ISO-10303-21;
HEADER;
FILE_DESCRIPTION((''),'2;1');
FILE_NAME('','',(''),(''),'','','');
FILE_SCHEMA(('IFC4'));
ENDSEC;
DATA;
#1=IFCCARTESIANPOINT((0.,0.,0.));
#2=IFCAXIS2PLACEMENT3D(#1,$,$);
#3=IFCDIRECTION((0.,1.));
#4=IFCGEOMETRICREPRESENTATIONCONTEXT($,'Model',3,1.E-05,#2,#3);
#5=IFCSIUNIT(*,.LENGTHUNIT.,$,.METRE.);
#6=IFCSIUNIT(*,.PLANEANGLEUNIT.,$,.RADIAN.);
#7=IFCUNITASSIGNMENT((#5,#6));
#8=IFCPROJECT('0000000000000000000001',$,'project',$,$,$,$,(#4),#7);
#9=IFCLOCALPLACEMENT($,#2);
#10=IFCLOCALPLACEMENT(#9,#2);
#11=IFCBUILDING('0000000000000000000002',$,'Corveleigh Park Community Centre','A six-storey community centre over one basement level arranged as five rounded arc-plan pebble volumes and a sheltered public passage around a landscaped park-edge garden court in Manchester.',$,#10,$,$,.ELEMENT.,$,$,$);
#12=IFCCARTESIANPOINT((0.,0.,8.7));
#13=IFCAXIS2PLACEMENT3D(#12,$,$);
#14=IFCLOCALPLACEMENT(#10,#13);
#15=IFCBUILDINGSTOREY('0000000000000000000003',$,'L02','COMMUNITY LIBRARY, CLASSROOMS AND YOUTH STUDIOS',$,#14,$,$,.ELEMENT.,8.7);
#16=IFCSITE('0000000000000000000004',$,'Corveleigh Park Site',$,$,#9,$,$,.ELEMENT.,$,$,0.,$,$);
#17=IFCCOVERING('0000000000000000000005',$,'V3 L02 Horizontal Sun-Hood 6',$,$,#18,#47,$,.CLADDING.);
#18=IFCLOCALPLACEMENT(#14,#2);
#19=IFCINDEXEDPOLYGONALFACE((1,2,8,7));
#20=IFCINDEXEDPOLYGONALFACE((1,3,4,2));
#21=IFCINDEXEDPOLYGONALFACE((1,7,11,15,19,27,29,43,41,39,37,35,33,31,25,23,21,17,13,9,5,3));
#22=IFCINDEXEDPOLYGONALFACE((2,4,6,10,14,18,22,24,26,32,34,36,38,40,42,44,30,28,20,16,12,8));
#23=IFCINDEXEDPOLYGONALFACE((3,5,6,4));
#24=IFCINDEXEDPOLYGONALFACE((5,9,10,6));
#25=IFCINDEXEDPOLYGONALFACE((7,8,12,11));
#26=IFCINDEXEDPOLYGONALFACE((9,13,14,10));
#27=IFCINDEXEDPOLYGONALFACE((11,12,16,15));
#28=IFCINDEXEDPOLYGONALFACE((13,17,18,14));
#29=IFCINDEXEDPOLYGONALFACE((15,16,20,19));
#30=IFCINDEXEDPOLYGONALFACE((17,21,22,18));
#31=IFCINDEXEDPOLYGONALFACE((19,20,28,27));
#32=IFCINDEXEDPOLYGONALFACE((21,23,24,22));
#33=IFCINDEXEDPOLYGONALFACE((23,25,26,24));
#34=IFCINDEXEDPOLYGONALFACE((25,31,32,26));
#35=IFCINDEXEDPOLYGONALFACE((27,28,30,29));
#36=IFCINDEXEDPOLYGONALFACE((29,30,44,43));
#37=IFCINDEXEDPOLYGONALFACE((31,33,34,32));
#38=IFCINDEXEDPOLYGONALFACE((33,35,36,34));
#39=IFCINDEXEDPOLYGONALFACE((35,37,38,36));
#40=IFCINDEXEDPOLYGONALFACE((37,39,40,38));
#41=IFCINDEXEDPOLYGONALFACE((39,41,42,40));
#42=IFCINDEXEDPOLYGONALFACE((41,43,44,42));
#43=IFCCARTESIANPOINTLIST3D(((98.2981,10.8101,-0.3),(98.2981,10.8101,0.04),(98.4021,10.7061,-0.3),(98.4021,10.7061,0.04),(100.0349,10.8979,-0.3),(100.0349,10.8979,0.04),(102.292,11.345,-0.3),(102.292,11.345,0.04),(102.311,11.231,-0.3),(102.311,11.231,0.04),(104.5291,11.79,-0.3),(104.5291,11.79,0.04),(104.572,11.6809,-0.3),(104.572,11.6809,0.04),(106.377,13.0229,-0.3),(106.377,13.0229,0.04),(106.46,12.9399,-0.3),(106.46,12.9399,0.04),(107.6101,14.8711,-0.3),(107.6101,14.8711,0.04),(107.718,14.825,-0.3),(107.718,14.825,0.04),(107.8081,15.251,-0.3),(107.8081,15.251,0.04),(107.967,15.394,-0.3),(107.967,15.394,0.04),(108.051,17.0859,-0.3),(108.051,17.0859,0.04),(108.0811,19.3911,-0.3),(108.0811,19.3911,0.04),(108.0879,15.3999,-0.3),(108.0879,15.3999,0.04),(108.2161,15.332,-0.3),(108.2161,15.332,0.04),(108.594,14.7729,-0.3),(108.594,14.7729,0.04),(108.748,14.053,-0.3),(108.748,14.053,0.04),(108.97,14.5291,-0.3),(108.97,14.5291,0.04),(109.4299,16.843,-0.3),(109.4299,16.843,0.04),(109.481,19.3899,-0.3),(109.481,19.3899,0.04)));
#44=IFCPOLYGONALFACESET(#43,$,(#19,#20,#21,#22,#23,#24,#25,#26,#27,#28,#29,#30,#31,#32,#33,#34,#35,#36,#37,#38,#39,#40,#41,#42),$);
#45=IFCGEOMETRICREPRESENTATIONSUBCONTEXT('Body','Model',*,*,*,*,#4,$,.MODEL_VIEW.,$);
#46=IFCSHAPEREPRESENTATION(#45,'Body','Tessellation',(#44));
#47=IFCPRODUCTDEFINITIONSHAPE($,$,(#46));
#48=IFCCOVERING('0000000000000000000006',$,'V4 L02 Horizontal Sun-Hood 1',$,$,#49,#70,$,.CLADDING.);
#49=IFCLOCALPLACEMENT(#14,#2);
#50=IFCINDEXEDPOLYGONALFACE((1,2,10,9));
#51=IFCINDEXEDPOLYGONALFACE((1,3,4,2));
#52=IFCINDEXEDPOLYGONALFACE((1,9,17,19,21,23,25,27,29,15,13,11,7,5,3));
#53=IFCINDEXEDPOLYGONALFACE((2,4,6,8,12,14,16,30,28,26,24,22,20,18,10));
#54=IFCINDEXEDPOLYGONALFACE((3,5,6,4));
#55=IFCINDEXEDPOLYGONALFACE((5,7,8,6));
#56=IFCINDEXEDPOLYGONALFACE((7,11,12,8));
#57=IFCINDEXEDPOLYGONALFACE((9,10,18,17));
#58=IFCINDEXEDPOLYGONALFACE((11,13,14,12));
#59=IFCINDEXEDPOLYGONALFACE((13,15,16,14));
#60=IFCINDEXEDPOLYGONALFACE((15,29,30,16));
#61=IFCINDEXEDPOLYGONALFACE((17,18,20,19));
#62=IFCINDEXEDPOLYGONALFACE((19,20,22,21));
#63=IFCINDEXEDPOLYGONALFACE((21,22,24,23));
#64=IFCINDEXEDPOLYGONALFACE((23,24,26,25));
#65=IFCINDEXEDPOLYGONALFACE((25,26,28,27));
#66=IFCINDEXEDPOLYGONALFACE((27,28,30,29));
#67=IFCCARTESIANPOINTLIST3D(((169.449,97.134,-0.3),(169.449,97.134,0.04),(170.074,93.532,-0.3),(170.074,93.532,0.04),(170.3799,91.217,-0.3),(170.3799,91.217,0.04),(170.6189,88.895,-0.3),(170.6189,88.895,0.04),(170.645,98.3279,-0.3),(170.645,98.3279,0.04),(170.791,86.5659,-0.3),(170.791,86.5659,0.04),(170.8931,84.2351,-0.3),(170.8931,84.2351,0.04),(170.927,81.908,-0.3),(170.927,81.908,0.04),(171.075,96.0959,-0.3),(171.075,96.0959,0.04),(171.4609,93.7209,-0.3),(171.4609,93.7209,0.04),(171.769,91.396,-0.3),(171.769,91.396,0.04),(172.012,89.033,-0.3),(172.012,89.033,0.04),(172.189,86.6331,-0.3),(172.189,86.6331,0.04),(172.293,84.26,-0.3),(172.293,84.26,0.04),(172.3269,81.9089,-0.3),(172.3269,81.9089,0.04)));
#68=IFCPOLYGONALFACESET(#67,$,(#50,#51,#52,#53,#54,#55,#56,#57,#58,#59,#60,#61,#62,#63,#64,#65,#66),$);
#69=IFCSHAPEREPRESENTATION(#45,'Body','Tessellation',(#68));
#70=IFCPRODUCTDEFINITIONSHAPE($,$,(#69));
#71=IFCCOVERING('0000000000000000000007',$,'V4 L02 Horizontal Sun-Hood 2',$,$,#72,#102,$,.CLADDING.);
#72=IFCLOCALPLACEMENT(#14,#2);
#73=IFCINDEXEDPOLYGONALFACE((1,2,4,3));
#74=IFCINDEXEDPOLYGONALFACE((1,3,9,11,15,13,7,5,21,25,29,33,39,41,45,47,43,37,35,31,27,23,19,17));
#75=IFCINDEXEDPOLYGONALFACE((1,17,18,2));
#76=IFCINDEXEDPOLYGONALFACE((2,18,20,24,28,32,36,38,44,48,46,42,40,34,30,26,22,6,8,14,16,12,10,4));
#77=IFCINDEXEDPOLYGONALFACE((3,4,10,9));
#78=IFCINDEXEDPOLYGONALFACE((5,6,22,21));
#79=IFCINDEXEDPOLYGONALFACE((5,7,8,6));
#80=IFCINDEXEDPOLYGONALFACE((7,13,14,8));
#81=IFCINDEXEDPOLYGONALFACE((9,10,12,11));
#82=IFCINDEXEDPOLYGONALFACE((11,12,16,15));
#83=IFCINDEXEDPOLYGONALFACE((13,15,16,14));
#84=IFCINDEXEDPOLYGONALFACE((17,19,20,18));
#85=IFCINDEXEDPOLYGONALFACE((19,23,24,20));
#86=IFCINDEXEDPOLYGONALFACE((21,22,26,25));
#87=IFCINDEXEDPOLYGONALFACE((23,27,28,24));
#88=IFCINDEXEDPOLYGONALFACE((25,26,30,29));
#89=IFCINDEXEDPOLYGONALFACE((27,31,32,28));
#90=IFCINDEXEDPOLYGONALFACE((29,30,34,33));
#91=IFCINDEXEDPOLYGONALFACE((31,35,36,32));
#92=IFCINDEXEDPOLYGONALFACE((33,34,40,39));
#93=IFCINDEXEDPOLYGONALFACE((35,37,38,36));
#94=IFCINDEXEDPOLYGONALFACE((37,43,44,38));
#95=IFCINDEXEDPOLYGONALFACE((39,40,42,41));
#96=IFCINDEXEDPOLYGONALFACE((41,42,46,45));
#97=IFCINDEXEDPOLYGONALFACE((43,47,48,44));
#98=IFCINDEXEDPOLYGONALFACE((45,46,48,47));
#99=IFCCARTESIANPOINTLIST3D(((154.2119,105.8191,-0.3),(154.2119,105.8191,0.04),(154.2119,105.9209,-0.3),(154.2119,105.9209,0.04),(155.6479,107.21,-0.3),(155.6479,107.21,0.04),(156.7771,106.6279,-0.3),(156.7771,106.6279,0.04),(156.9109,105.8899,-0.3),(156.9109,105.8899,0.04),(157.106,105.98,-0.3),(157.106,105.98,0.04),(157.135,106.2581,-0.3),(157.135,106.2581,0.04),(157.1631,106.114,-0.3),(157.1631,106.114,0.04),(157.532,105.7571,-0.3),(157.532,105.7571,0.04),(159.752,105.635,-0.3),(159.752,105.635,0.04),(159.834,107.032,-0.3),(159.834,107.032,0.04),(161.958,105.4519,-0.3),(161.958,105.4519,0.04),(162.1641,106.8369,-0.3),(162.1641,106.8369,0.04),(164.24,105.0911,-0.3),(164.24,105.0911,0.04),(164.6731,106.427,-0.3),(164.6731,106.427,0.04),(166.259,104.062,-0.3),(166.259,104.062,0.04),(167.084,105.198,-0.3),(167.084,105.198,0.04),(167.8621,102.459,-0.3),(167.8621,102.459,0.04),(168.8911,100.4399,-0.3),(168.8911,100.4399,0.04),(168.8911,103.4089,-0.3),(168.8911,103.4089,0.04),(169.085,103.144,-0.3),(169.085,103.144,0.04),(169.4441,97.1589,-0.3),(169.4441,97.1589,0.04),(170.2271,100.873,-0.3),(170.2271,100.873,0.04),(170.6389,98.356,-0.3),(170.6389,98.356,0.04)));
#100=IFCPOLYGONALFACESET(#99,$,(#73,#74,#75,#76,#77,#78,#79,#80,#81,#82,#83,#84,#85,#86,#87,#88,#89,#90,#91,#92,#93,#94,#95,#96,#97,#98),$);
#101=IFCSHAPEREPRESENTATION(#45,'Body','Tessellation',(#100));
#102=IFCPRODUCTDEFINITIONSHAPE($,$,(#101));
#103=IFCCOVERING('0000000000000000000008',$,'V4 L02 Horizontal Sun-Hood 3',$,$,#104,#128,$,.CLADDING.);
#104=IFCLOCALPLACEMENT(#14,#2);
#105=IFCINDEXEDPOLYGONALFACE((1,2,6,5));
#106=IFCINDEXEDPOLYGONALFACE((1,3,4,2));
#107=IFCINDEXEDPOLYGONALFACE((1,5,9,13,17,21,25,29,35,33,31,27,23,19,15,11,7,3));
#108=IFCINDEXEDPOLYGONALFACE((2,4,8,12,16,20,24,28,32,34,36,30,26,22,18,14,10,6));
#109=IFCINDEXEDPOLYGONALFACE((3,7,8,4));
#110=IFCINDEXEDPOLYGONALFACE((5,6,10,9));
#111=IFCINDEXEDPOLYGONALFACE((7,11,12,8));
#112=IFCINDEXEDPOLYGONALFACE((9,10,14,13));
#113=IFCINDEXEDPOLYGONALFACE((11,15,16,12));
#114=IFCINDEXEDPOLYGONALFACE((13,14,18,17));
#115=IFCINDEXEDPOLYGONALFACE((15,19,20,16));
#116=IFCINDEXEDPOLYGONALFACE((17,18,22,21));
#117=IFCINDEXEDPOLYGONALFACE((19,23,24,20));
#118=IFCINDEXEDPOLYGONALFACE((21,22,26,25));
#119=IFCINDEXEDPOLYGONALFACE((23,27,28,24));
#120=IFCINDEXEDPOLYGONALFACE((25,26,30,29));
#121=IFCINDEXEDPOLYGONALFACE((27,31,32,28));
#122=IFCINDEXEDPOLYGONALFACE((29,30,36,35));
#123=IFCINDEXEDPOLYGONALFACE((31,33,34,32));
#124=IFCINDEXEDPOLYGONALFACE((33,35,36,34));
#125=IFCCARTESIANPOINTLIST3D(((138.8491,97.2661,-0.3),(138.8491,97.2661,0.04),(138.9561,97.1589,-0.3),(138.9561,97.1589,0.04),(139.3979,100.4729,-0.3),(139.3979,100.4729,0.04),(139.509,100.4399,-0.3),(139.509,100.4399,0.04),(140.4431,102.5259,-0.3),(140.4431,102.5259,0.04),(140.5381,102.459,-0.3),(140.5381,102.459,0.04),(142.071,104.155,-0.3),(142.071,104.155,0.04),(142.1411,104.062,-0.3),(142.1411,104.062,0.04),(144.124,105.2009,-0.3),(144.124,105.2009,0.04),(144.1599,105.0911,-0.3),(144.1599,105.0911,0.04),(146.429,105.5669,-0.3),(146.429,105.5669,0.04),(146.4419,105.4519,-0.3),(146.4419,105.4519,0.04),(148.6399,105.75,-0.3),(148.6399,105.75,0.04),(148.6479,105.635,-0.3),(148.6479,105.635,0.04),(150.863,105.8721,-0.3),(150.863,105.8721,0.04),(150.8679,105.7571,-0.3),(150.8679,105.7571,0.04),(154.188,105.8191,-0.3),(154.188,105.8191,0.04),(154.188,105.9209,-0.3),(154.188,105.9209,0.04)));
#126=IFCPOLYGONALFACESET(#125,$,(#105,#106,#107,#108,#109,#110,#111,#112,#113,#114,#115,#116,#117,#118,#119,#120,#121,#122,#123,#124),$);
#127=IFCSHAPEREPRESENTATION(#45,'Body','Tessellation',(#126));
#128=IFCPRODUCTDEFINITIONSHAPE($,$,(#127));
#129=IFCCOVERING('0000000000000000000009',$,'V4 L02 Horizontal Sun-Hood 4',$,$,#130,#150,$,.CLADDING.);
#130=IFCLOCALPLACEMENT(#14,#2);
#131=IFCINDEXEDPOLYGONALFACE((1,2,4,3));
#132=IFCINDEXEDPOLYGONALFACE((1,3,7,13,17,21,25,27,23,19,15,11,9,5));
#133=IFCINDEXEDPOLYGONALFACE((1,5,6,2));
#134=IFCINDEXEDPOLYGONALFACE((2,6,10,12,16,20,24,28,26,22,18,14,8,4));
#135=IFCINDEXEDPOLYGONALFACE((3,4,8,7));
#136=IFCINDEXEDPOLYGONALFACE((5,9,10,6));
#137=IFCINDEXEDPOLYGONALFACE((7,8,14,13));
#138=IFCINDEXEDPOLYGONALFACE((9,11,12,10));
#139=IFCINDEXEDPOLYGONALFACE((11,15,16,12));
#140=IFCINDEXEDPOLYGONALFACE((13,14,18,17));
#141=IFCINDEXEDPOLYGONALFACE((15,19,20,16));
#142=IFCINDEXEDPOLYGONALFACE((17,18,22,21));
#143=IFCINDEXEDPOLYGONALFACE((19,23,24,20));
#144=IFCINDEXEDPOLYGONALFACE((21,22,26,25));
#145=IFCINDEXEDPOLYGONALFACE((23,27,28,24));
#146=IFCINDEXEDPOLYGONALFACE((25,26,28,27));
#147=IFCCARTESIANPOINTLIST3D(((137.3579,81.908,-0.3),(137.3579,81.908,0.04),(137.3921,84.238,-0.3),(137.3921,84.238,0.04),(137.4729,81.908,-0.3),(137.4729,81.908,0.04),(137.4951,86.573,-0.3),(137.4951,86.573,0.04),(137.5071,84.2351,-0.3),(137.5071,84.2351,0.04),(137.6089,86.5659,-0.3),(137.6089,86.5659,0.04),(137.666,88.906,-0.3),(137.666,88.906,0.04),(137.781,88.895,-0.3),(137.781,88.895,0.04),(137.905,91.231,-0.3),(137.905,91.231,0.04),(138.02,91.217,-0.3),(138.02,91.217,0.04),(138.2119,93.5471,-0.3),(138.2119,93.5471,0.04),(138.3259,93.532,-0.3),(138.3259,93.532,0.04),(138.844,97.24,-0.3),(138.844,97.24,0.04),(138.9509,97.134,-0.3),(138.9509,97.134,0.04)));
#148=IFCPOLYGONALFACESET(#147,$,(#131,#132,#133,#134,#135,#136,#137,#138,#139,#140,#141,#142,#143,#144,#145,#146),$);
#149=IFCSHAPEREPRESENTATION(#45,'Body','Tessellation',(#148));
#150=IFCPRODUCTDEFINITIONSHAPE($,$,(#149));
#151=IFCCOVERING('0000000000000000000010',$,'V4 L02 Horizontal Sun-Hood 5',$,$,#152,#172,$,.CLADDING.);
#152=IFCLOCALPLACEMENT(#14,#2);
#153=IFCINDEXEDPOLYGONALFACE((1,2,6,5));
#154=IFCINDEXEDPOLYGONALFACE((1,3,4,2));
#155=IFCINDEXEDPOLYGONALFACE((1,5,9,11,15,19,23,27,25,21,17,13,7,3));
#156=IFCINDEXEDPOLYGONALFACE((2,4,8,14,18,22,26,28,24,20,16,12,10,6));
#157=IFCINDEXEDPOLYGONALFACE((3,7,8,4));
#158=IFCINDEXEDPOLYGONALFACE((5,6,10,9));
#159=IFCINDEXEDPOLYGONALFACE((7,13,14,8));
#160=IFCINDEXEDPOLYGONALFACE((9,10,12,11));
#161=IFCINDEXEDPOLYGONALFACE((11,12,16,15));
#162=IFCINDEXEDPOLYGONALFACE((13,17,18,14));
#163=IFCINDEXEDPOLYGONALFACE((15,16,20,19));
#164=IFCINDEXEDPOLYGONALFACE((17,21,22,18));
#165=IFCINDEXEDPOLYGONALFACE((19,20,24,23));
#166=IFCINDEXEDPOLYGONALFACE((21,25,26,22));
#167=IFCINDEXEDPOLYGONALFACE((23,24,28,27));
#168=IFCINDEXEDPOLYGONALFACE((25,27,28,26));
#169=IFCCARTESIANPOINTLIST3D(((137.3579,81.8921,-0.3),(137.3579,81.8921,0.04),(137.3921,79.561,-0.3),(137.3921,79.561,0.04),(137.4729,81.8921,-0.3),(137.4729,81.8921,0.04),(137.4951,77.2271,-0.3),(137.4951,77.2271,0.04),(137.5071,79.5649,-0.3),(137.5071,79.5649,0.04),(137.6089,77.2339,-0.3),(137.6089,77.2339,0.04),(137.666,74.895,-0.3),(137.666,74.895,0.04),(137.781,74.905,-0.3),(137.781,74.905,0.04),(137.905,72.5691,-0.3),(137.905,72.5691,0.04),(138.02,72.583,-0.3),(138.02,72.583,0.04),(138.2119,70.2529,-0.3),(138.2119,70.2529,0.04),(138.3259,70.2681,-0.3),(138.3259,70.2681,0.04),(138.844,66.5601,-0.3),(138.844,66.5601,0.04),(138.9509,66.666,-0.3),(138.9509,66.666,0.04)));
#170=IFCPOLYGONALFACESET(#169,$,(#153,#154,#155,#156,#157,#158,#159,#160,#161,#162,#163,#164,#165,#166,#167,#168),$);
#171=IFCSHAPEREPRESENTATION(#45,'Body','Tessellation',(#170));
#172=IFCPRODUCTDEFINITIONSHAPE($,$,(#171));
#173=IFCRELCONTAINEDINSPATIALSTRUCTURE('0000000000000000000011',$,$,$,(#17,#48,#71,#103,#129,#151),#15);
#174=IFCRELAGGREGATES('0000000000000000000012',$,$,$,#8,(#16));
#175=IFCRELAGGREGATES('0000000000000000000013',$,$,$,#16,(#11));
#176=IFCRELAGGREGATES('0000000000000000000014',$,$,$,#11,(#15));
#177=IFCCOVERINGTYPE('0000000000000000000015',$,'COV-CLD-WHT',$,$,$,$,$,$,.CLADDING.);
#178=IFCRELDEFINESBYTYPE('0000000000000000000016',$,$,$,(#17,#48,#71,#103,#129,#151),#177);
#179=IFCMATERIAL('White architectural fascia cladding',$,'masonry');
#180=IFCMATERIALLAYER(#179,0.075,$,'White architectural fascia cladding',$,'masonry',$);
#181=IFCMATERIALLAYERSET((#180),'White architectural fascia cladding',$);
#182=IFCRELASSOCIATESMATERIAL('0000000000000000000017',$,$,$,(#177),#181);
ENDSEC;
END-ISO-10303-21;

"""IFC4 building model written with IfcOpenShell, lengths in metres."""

from ifc_helpers import new_model, si_unit, direction, frame, origin, place, context, subcontext, project, spatial, polyline, outline, extrude, material, layer, layer_set, type_object, element, save


model = new_model("IFC4")

# Units and contexts
model_context = context("Model", 3, precision=1e-05, world=origin(), true_north=direction((0.0, 1.0)))
body_context = subcontext(model_context, "Body", "Model", "MODEL_VIEW")
ifc_project = project(units=[si_unit("LENGTHUNIT", "METRE"), si_unit("PLANEANGLEUNIT", "RADIAN")], contexts=[model_context])

# Site, building, storey
site_placement = place(None, origin())
site = spatial("IfcSite", under=ifc_project, at=site_placement, Name="Corveleigh Park Site", CompositionType="ELEMENT", RefElevation=0.0)
building_placement = place(site_placement, origin())
building = spatial("IfcBuilding", under=site, at=building_placement, Name="Corveleigh Park Community Centre", Description="A six-storey community centre over one basement level arranged as five rounded arc-plan pebble volumes and a sheltered public passage around a landscaped park-edge garden court in Manchester.", CompositionType="ELEMENT")
storey_placement = place(building_placement, frame((0.0, 0.0, 8.7)))
storey = spatial("IfcBuildingStorey", under=building, at=storey_placement, Name="L02", Description="COMMUNITY LIBRARY, CLASSROOMS AND YOUTH STUDIOS", CompositionType="ELEMENT", Elevation=8.7)

# Coverings
ifc_material_1 = material(Name="White architectural fascia cladding", Category="masonry")
ifc_layer_1 = layer(ifc_material_1, 0.075, Name="White architectural fascia cladding", Category="masonry")
ifc_layer_set_1 = layer_set([ifc_layer_1], Name="White architectural fascia cladding")
covering_type = type_object("IfcCoveringType", Name="COV-CLD-WHT", PredefinedType="CLADDING", material=ifc_layer_set_1)
covering_1_placement = place(storey_placement, frame((0.0, 0.0, -0.3)))
element("IfcCovering", 1, at=covering_1_placement, inside=storey, type_object=covering_type, Name="V3 L02 Horizontal Sun-Hood 6", PredefinedType="CLADDING", context=body_context, shape_type="SweptSolid", body=[
    extrude(outline(polyline([(109.481, 19.3899), (109.4299, 16.843), (108.97, 14.5291), (108.748, 14.053), (108.594, 14.7729), (108.2161, 15.332), (108.0879, 15.3999), (107.967, 15.394), (107.8081, 15.251), (107.718, 14.825), (106.46, 12.9399), (104.572, 11.6809), (102.311, 11.231), (100.0349, 10.8979), (98.4021, 10.7061), (98.2981, 10.8101), (102.292, 11.345), (104.5291, 11.79), (106.377, 13.0229), (107.6101, 14.8711), (108.051, 17.0859), (108.0811, 19.3911), (109.481, 19.3899)])), origin(), (0.0, 0.0, 1.0), 0.3401),
])
covering_2_placement = place(storey_placement, frame((0.0, 0.0, -0.3)))
element("IfcCovering", 2, at=covering_2_placement, inside=storey, type_object=covering_type, Name="V4 L02 Horizontal Sun-Hood 1", PredefinedType="CLADDING", context=body_context, shape_type="SweptSolid", body=[
    extrude(outline(polyline([(171.075, 96.0959), (171.4609, 93.7209), (171.769, 91.396), (172.012, 89.033), (172.189, 86.6331), (172.293, 84.26), (172.3269, 81.9089), (170.927, 81.908), (170.8931, 84.2351), (170.791, 86.5659), (170.6189, 88.895), (170.3799, 91.217), (170.074, 93.532), (169.449, 97.134), (170.645, 98.3279), (171.075, 96.0959)])), origin(), (0.0, 0.0, 1.0), 0.3401),
])
covering_3_placement = place(storey_placement, frame((0.0, 0.0, -0.3)))
element("IfcCovering", 3, at=covering_3_placement, inside=storey, type_object=covering_type, Name="V4 L02 Horizontal Sun-Hood 2", PredefinedType="CLADDING", context=body_context, shape_type="SweptSolid", body=[
    extrude(outline(polyline([(159.834, 107.032), (162.1641, 106.8369), (164.6731, 106.427), (167.084, 105.198), (168.8911, 103.4089), (169.085, 103.144), (170.2271, 100.873), (170.6389, 98.356), (169.4441, 97.1589), (168.8911, 100.4399), (167.8621, 102.459), (166.259, 104.062), (164.24, 105.0911), (161.958, 105.4519), (159.752, 105.635), (157.532, 105.7571), (154.2119, 105.8191), (154.2119, 105.9209), (156.9109, 105.8899), (157.106, 105.98), (157.1631, 106.114), (157.135, 106.2581), (156.7771, 106.6279), (155.6479, 107.21), (159.834, 107.032)])), origin(), (0.0, 0.0, 1.0), 0.3401),
])
covering_4_placement = place(storey_placement, frame((0.0, 0.0, -0.3)))
element("IfcCovering", 4, at=covering_4_placement, inside=storey, type_object=covering_type, Name="V4 L02 Horizontal Sun-Hood 3", PredefinedType="CLADDING", context=body_context, shape_type="SweptSolid", body=[
    extrude(outline(polyline([(139.3979, 100.4729), (140.4431, 102.5259), (142.071, 104.155), (144.124, 105.2009), (146.429, 105.5669), (148.6399, 105.75), (150.863, 105.8721), (154.188, 105.9209), (154.188, 105.8191), (150.8679, 105.7571), (148.6479, 105.635), (146.4419, 105.4519), (144.1599, 105.0911), (142.1411, 104.062), (140.5381, 102.459), (139.509, 100.4399), (138.9561, 97.1589), (138.8491, 97.2661), (139.3979, 100.4729)])), origin(), (0.0, 0.0, 1.0), 0.3401),
])
covering_5_placement = place(storey_placement, frame((0.0, 0.0, -0.3)))
element("IfcCovering", 5, at=covering_5_placement, inside=storey, type_object=covering_type, Name="V4 L02 Horizontal Sun-Hood 4", PredefinedType="CLADDING", context=body_context, shape_type="SweptSolid", body=[
    extrude(outline(polyline([(137.3921, 84.238), (137.4951, 86.573), (137.666, 88.906), (137.905, 91.231), (138.2119, 93.5471), (138.844, 97.24), (138.9509, 97.134), (138.3259, 93.532), (138.02, 91.217), (137.781, 88.895), (137.6089, 86.5659), (137.5071, 84.2351), (137.4729, 81.908), (137.3579, 81.908), (137.3921, 84.238)])), origin(), (0.0, 0.0, 1.0), 0.3401),
])
covering_6_placement = place(storey_placement, frame((0.0, 0.0, -0.3)))
element("IfcCovering", 6, at=covering_6_placement, inside=storey, type_object=covering_type, Name="V4 L02 Horizontal Sun-Hood 5", PredefinedType="CLADDING", context=body_context, shape_type="SweptSolid", body=[
    extrude(outline(polyline([(138.2119, 70.2529), (137.905, 72.5691), (137.666, 74.895), (137.4951, 77.2271), (137.3921, 79.561), (137.3579, 81.8921), (137.4729, 81.8921), (137.5071, 79.5649), (137.6089, 77.2339), (137.781, 74.905), (138.02, 72.583), (138.3259, 70.2681), (138.9509, 66.666), (138.844, 66.5601), (138.2119, 70.2529)])), origin(), (0.0, 0.0, 1.0), 0.3401),
])

save(model, "model.ifc")
